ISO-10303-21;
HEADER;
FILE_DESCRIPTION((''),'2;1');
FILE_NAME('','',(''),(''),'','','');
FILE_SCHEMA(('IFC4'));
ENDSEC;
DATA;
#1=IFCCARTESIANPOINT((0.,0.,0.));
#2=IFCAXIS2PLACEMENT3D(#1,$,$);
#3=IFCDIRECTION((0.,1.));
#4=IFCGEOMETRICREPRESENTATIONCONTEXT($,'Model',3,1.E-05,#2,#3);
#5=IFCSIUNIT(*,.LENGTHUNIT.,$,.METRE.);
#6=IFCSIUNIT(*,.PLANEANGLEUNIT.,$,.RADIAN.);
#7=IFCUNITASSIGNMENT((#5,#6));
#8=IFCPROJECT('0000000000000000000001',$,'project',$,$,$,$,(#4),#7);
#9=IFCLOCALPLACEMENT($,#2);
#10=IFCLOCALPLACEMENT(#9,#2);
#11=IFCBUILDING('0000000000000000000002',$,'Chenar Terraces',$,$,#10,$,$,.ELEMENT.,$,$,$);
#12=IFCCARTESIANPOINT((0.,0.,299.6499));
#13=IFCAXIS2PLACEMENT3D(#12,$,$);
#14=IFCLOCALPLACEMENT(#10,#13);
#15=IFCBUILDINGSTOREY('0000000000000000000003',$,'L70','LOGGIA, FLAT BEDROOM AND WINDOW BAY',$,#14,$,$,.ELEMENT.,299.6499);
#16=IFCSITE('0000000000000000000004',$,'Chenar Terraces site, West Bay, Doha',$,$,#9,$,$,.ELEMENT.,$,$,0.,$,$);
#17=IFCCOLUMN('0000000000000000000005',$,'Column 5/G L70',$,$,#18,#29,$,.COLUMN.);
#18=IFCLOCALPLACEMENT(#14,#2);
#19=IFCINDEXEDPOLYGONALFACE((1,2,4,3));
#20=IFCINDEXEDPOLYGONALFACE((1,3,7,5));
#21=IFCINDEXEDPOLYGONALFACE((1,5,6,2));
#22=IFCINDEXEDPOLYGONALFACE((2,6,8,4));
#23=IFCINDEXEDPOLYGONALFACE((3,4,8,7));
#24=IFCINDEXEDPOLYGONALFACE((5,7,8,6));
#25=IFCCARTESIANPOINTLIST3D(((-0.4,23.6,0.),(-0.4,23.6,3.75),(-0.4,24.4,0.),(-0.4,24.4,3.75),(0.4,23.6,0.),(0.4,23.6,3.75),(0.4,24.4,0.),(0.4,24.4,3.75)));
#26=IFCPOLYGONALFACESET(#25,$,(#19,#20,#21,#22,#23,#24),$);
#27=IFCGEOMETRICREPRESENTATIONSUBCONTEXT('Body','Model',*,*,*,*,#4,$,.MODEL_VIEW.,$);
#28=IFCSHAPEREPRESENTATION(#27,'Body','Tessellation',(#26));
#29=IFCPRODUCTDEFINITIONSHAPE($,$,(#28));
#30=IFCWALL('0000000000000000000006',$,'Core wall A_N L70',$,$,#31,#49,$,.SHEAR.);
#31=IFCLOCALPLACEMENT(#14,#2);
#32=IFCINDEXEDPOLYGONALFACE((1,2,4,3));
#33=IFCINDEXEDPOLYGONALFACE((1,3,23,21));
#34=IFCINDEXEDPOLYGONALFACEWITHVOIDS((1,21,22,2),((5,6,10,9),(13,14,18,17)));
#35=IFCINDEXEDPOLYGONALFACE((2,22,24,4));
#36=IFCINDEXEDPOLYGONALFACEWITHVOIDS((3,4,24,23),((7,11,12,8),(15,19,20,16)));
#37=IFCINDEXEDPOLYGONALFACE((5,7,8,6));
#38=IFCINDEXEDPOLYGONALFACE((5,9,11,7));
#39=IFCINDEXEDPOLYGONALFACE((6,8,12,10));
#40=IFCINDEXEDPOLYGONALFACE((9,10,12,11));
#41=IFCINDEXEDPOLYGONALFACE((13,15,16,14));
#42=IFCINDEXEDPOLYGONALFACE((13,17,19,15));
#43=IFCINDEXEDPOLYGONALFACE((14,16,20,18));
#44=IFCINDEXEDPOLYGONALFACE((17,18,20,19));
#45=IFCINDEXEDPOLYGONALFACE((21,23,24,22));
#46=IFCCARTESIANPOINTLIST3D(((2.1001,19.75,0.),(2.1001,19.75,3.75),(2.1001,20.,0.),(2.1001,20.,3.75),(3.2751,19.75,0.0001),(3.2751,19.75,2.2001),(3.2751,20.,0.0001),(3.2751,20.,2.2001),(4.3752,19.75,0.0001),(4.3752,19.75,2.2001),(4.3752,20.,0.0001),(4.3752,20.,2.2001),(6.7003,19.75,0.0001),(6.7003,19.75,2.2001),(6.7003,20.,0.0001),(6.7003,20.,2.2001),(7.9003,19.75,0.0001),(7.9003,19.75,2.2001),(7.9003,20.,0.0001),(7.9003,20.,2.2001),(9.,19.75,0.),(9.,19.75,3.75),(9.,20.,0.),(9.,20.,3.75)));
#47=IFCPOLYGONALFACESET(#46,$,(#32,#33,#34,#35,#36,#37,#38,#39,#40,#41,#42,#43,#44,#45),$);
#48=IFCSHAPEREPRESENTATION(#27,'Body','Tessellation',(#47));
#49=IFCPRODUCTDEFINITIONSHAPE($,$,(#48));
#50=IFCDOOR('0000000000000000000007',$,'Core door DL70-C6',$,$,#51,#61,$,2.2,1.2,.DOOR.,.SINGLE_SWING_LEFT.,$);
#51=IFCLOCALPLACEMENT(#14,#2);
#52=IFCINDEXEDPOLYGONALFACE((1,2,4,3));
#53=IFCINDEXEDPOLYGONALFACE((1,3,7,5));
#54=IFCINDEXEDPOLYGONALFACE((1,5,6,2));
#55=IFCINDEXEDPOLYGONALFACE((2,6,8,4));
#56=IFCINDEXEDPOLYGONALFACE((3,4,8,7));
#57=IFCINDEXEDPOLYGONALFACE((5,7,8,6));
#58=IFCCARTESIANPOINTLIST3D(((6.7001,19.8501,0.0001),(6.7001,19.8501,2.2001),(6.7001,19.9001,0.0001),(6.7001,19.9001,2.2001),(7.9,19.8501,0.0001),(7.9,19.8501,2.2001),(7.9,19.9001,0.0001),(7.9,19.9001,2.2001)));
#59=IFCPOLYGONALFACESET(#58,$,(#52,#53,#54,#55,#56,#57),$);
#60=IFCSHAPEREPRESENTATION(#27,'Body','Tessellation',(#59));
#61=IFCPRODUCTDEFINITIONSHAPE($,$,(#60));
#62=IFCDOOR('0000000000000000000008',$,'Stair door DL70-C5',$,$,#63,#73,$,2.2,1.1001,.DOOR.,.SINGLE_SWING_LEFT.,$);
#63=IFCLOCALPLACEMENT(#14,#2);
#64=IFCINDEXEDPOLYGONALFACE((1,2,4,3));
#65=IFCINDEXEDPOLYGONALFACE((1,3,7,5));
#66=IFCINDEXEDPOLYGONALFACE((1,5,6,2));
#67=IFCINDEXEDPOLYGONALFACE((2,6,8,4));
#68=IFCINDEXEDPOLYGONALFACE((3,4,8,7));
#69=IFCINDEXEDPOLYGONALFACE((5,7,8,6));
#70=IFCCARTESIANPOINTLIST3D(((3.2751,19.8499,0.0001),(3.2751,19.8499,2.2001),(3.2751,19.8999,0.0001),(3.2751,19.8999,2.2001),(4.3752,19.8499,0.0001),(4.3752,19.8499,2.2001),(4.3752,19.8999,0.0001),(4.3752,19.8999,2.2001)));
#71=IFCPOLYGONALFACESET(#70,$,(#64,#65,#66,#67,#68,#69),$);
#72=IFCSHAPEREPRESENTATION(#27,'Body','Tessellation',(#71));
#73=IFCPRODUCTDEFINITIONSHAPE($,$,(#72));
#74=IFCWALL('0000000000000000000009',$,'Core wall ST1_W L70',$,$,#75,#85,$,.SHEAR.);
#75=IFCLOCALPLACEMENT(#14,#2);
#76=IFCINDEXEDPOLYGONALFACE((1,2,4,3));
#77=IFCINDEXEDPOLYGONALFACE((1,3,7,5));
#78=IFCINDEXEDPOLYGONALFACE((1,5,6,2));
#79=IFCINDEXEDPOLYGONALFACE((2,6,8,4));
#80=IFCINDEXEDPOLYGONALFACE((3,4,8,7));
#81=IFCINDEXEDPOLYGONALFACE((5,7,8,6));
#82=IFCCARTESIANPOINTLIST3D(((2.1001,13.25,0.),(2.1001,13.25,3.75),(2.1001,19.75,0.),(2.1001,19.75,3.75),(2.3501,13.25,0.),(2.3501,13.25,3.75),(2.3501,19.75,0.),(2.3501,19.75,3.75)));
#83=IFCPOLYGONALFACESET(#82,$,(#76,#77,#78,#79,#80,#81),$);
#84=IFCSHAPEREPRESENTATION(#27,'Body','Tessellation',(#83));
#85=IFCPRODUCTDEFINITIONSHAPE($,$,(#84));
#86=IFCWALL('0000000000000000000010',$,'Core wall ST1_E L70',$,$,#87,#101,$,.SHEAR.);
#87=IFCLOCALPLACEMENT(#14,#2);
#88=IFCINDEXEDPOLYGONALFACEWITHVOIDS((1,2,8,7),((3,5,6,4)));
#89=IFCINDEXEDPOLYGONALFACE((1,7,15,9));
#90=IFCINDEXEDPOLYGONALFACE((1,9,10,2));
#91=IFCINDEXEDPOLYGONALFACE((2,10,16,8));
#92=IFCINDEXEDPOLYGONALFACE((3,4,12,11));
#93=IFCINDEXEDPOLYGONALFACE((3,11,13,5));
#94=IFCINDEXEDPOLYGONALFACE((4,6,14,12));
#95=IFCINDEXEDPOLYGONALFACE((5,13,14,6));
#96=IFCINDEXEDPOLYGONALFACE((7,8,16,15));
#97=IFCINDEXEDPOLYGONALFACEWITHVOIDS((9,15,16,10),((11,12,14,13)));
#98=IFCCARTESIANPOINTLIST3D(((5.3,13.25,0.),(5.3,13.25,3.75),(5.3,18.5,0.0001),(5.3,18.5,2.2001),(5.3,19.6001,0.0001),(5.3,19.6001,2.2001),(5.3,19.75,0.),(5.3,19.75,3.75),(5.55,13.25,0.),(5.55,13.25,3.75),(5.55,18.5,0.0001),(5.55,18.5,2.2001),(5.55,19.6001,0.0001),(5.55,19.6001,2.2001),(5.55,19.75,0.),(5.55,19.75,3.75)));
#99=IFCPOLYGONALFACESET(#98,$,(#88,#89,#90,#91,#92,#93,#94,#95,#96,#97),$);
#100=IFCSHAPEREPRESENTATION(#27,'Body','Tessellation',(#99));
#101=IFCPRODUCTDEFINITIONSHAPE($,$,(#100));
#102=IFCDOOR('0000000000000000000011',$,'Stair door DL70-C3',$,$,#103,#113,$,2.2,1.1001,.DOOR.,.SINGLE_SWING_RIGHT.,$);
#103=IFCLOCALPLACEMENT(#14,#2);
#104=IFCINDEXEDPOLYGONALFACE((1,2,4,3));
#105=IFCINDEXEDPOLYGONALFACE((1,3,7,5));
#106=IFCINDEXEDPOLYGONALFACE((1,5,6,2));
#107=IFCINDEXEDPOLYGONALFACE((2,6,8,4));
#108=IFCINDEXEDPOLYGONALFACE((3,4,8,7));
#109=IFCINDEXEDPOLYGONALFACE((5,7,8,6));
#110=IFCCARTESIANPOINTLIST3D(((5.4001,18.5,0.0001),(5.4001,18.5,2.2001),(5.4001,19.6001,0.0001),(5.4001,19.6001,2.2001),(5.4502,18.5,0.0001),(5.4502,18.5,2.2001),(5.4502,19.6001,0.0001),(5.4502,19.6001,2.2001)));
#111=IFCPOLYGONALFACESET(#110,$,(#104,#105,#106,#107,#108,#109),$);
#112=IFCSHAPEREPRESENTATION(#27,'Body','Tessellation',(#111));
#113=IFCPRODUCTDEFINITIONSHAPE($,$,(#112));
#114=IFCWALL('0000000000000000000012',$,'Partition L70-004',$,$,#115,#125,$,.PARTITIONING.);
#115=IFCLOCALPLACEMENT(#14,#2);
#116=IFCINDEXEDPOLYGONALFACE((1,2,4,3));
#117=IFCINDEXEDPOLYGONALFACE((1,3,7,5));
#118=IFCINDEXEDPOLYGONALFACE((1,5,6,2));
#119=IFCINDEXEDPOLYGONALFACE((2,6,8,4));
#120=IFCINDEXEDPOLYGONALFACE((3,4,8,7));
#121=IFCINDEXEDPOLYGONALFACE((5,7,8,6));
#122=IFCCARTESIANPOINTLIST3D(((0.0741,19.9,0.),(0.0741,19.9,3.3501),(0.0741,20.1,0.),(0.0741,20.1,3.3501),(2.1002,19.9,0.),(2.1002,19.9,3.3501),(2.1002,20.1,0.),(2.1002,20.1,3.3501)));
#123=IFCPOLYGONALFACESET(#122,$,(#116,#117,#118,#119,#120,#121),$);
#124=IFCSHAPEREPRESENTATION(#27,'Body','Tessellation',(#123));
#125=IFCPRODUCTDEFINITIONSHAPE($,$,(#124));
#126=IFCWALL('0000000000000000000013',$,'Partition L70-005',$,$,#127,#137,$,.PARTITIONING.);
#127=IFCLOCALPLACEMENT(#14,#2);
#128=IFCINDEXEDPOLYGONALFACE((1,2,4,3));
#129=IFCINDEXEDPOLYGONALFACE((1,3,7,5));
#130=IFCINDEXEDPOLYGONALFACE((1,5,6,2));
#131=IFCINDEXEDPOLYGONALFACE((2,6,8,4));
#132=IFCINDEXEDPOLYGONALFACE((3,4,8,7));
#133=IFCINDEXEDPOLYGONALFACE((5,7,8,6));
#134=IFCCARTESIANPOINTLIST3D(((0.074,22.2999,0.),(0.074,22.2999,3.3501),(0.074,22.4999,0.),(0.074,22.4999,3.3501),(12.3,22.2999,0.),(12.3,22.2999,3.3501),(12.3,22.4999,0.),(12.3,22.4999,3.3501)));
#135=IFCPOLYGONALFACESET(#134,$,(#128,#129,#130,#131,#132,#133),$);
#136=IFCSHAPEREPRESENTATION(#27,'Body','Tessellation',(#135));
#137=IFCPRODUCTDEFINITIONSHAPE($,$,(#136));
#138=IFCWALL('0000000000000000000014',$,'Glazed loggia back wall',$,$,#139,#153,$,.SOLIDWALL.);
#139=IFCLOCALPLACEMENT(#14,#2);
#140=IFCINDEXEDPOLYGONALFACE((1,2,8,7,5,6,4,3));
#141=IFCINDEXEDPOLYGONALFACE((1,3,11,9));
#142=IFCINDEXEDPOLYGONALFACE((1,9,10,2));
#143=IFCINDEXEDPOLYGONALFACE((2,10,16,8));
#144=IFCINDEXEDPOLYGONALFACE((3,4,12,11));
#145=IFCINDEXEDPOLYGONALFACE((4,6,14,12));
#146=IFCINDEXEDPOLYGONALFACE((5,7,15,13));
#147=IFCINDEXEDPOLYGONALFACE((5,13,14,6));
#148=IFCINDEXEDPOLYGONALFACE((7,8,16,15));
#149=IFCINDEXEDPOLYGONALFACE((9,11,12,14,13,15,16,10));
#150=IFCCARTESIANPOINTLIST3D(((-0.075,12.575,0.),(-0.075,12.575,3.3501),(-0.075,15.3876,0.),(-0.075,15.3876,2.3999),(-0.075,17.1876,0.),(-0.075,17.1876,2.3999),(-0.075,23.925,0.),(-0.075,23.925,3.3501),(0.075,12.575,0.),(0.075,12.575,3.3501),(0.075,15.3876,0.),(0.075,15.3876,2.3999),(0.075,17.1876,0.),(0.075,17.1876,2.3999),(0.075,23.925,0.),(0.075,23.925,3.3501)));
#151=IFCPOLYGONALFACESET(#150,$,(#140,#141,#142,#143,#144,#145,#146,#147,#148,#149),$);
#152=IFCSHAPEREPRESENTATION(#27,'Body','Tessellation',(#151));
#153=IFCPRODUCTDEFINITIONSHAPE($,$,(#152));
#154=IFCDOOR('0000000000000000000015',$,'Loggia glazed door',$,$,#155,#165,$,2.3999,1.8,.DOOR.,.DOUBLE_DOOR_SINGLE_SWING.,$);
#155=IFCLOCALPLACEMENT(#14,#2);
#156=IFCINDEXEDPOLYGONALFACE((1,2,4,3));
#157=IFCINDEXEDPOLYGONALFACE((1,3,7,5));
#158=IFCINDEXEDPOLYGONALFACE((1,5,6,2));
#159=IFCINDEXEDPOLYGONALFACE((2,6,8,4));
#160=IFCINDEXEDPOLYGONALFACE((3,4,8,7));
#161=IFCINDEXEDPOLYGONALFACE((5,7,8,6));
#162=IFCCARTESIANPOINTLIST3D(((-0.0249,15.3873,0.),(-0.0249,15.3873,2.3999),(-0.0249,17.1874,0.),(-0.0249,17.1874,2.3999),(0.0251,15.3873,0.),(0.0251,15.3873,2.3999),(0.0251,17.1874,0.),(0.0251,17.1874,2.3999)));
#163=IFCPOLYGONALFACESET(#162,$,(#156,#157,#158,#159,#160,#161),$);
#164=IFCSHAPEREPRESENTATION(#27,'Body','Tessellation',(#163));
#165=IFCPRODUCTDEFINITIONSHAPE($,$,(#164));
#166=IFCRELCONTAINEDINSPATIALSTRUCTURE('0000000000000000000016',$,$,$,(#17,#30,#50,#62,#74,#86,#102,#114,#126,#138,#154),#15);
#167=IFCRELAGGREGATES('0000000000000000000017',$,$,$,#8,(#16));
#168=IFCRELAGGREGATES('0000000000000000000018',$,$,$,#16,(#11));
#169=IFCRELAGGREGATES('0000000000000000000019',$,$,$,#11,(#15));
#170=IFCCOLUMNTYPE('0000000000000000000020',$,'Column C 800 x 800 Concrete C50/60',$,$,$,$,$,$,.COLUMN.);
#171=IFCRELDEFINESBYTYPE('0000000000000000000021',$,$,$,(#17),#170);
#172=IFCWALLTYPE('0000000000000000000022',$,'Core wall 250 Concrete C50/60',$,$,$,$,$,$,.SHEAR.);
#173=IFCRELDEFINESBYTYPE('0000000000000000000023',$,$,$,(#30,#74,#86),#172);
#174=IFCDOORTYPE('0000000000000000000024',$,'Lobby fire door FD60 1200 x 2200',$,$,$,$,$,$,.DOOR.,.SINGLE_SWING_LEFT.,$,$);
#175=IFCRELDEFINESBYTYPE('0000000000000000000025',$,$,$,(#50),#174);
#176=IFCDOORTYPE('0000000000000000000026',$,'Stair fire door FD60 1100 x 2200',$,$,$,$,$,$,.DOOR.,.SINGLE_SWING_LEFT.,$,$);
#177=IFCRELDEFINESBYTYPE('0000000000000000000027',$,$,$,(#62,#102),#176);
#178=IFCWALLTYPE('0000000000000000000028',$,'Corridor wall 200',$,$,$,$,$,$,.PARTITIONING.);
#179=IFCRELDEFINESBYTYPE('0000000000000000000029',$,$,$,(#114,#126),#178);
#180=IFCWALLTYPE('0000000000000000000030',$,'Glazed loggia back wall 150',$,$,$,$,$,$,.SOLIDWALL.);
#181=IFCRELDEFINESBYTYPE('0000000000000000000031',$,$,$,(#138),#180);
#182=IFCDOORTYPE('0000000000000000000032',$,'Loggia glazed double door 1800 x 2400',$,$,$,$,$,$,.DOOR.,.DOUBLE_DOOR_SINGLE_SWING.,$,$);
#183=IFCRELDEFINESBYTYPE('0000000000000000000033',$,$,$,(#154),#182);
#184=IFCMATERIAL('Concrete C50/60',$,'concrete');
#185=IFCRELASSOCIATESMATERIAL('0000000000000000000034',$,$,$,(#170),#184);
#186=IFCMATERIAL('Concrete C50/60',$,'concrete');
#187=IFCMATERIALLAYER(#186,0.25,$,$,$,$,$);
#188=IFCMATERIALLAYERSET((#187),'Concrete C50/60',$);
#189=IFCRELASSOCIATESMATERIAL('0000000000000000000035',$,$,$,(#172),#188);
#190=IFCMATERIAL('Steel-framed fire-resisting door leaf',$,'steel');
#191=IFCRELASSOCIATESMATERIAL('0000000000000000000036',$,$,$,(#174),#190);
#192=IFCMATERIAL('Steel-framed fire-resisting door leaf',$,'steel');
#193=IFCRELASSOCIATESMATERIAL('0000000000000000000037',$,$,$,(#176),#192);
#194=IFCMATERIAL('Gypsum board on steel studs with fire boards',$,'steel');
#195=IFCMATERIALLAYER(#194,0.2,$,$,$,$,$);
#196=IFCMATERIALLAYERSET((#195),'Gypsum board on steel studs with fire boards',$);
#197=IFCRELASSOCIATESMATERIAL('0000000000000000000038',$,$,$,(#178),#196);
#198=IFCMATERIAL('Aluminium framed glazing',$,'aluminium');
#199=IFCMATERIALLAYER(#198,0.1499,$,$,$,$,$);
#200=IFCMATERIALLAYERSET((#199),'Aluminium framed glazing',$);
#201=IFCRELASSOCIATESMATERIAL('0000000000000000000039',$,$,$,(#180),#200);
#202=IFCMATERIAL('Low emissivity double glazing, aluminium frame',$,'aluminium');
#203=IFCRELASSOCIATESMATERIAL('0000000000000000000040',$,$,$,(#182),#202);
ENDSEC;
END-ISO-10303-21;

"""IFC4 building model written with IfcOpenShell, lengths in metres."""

from ifc_helpers import new_model, si_unit, direction, frame, frame_2d, origin, origin_2d, place, context, subcontext, project, spatial, rectangle, extrude, material, layer, layer_set, material_profile, profile_set, type_object, element, fill, save


model = new_model("IFC4")

# Units and contexts
model_context = context("Model", 3, precision=1e-05, world=origin(), true_north=direction((0.0, 1.0)))
body_context = subcontext(model_context, "Body", "Model", "MODEL_VIEW")
ifc_project = project(units=[si_unit("LENGTHUNIT", "METRE"), si_unit("PLANEANGLEUNIT", "RADIAN")], contexts=[model_context])

# Site, building, storey
site_placement = place(None, origin())
site = spatial("IfcSite", under=ifc_project, at=site_placement, Name="Chenar Terraces site, West Bay, Doha", CompositionType="ELEMENT", RefElevation=0.0)
building_placement = place(site_placement, origin())
building = spatial("IfcBuilding", under=site, at=building_placement, Name="Chenar Terraces", CompositionType="ELEMENT")
storey_placement = place(building_placement, frame((0.0, 0.0, 299.6499)))
storey = spatial("IfcBuildingStorey", under=building, at=storey_placement, Name="L70", Description="LOGGIA, FLAT BEDROOM AND WINDOW BAY", CompositionType="ELEMENT", Elevation=299.6499)

# Column
ifc_material_1 = material(Name="Concrete C50/60", Category="concrete")
ifc_material_profile = material_profile(ifc_material_1, rectangle(XDim=0.8, YDim=0.8, at=origin_2d()), Name="C 800 x 800")
ifc_profile_set = profile_set([ifc_material_profile], Name="Concrete C50/60")
column_type = type_object("IfcColumnType", Name="Column C 800 x 800 Concrete C50/60", PredefinedType="COLUMN", material=ifc_profile_set)
column_placement = place(storey_placement, frame((0.0, 24.0, 0.0), z_axis=(0.0, 0.0, 1.0), x_axis=(1.0, 0.0, 0.0)))
element("IfcColumn", 1, at=column_placement, inside=storey, type_object=column_type, Name="Column 5/G L70", PredefinedType="COLUMN", context=body_context, shape_type="SweptSolid", body=[
    extrude(rectangle(XDim=0.8, YDim=0.8, at=origin_2d()), origin(), (0.0, 0.0, 1.0), 3.75),
])

# Wall, openings, doors
ifc_material_2 = material(Name="Concrete C50/60", Category="concrete")
ifc_layer_1 = layer(ifc_material_2, 0.25)
ifc_layer_set_1 = layer_set([ifc_layer_1], Name="Concrete C50/60")
wall_type_1 = type_object("IfcWallType", Name="Core wall 250 Concrete C50/60", PredefinedType="SHEAR", material=ifc_layer_set_1)
wall_1_placement = place(storey_placement, frame((2.1001, 19.875, 0.0), z_axis=(0.0, 0.0, 1.0), x_axis=(1.0, 0.0, 0.0)))
wall_1 = element("IfcWall", 2, at=wall_1_placement, inside=storey, type_object=wall_type_1, Name="Core wall A_N L70", PredefinedType="SHEAR", context=body_context, shape_type="SweptSolid", body=[
    extrude(rectangle(XDim=6.8999, YDim=0.25, at=frame_2d((3.45, 0.0))), origin(), (0.0, 0.0, 1.0), 3.75),
])
opening_1_placement = place(wall_1_placement, frame((1.175, 0.0, 0.0)))
opening_1 = element("IfcOpeningElement", 3, at=opening_1_placement, cuts=wall_1, PredefinedType="OPENING", context=body_context, shape_type="SweptSolid", body=[
    extrude(rectangle(XDim=1.1001, YDim=2.2, at=frame_2d((0.55, 1.1001))), frame((0.0, 0.135, 0.0), z_axis=(0.0, -1.0, 0.0), x_axis=(1.0, 0.0, 0.0)), (0.0, 0.0, 1.0), 0.27),
])
opening_2_placement = place(wall_1_placement, frame((4.6001, 0.0, 0.0)))
opening_2 = element("IfcOpeningElement", 4, at=opening_2_placement, cuts=wall_1, PredefinedType="OPENING", context=body_context, shape_type="SweptSolid", body=[
    extrude(rectangle(XDim=1.2, YDim=2.2, at=frame_2d((0.6001, 1.1001))), frame((0.0, 0.135, 0.0), z_axis=(0.0, -1.0, 0.0), x_axis=(1.0, 0.0, 0.0)), (0.0, 0.0, 1.0), 0.27),
])
ifc_material_3 = material(Name="Steel-framed fire-resisting door leaf", Category="steel")
door_type_1 = type_object("IfcDoorType", Name="Lobby fire door FD60 1200 x 2200", OperationType="SINGLE_SWING_LEFT", PredefinedType="DOOR", material=ifc_material_3)
door_1_placement = place(opening_2_placement, frame((1.2, 0.0, 0.0), z_axis=(0.0, 0.0, 1.0), x_axis=(-1.0, 0.0, 0.0)))
door_1 = element("IfcDoor", 5, at=door_1_placement, inside=storey, type_object=door_type_1, Name="Core door DL70-C6", OperationType="SINGLE_SWING_LEFT", OverallHeight=2.2, OverallWidth=1.2, PredefinedType="DOOR", context=body_context, shape_type="SweptSolid", body=[
    extrude(rectangle(XDim=1.2, YDim=2.2, at=frame_2d((0.6001, 1.1001))), frame((0.0, 0.0249, 0.0), z_axis=(0.0, -1.0, 0.0), x_axis=(1.0, 0.0, 0.0)), (0.0, 0.0, 1.0), 0.05),
])
fill(opening_2, door_1)
ifc_material_4 = material(Name="Steel-framed fire-resisting door leaf", Category="steel")
door_type_2 = type_object("IfcDoorType", Name="Stair fire door FD60 1100 x 2200", OperationType="SINGLE_SWING_LEFT", PredefinedType="DOOR", material=ifc_material_4)
door_2_placement = place(opening_1_placement, origin())
door_2 = element("IfcDoor", 6, at=door_2_placement, inside=storey, type_object=door_type_2, Name="Stair door DL70-C5", OperationType="SINGLE_SWING_LEFT", OverallHeight=2.2, OverallWidth=1.1001, PredefinedType="DOOR", context=body_context, shape_type="SweptSolid", body=[
    extrude(rectangle(XDim=1.1001, YDim=2.2, at=frame_2d((0.55, 1.1001))), frame((0.0, 0.0249, 0.0), z_axis=(0.0, -1.0, 0.0), x_axis=(1.0, 0.0, 0.0)), (0.0, 0.0, 1.0), 0.05),
])
fill(opening_1, door_2)

# Wall
wall_2_placement = place(storey_placement, frame((2.2251, 13.25, 0.0), z_axis=(0.0, 0.0, 1.0), x_axis=(0.0, 1.0, 0.0)))
element("IfcWall", 7, at=wall_2_placement, inside=storey, type_object=wall_type_1, Name="Core wall ST1_W L70", PredefinedType="SHEAR", context=body_context, shape_type="SweptSolid", body=[
    extrude(rectangle(XDim=6.5, YDim=0.25, at=frame_2d((3.25, 0.0))), origin(), (0.0, 0.0, 1.0), 3.75),
])

# Wall, opening, door
wall_3_placement = place(storey_placement, frame((5.425, 13.25, 0.0), z_axis=(0.0, 0.0, 1.0), x_axis=(0.0, 1.0, 0.0)))
wall_3 = element("IfcWall", 8, at=wall_3_placement, inside=storey, type_object=wall_type_1, Name="Core wall ST1_E L70", PredefinedType="SHEAR", context=body_context, shape_type="SweptSolid", body=[
    extrude(rectangle(XDim=6.5, YDim=0.25, at=frame_2d((3.25, 0.0))), origin(), (0.0, 0.0, 1.0), 3.75),
])
opening_3_placement = place(wall_3_placement, frame((5.25, 0.0, 0.0)))
opening_3 = element("IfcOpeningElement", 9, at=opening_3_placement, cuts=wall_3, PredefinedType="OPENING", context=body_context, shape_type="SweptSolid", body=[
    extrude(rectangle(XDim=1.1001, YDim=2.2, at=frame_2d((0.55, 1.1001))), frame((0.0, 0.135, 0.0), z_axis=(0.0, -1.0, 0.0), x_axis=(1.0, 0.0, 0.0)), (0.0, 0.0, 1.0), 0.27),
])
door_3_placement = place(opening_3_placement, origin())
door_3 = element("IfcDoor", 10, at=door_3_placement, inside=storey, type_object=door_type_2, Name="Stair door DL70-C3", OperationType="SINGLE_SWING_RIGHT", OverallHeight=2.2, OverallWidth=1.1001, PredefinedType="DOOR", context=body_context, shape_type="SweptSolid", body=[
    extrude(rectangle(XDim=1.1001, YDim=2.2, at=frame_2d((0.55, 1.1001))), frame((0.0, 0.0249, 0.0), z_axis=(0.0, -1.0, 0.0), x_axis=(1.0, 0.0, 0.0)), (0.0, 0.0, 1.0), 0.05),
])
fill(opening_3, door_3)

# Walls
ifc_material_5 = material(Name="Gypsum board on steel studs with fire boards", Category="steel")
ifc_layer_2 = layer(ifc_material_5, 0.2)
ifc_layer_set_2 = layer_set([ifc_layer_2], Name="Gypsum board on steel studs with fire boards")
wall_type_2 = type_object("IfcWallType", Name="Corridor wall 200", PredefinedType="PARTITIONING", material=ifc_layer_set_2)
wall_4_placement = place(storey_placement, frame((0.074, 20.0, 0.0), z_axis=(0.0, 0.0, 1.0), x_axis=(1.0, 0.0, 0.0)))
element("IfcWall", 11, at=wall_4_placement, inside=storey, type_object=wall_type_2, Name="Partition L70-004", PredefinedType="PARTITIONING", context=body_context, shape_type="SweptSolid", body=[
    extrude(rectangle(XDim=2.0261, YDim=0.2, at=frame_2d((1.0132, 0.0))), origin(), (0.0, 0.0, 1.0), 3.3501),
])
wall_5_placement = place(storey_placement, frame((0.074, 22.3999, 0.0), z_axis=(0.0, 0.0, 1.0), x_axis=(1.0, 0.0, 0.0)))
element("IfcWall", 12, at=wall_5_placement, inside=storey, type_object=wall_type_2, Name="Partition L70-005", PredefinedType="PARTITIONING", context=body_context, shape_type="SweptSolid", body=[
    extrude(rectangle(XDim=12.2261, YDim=0.2, at=frame_2d((6.113, 0.0))), origin(), (0.0, 0.0, 1.0), 3.3501),
])

# Wall, opening, door
ifc_material_6 = material(Name="Aluminium framed glazing", Category="aluminium")
ifc_layer_3 = layer(ifc_material_6, 0.1499)
ifc_layer_set_3 = layer_set([ifc_layer_3], Name="Aluminium framed glazing")
wall_type_3 = type_object("IfcWallType", Name="Glazed loggia back wall 150", PredefinedType="SOLIDWALL", material=ifc_layer_set_3)
wall_6_placement = place(storey_placement, frame((0.0, 23.925, 0.0), z_axis=(0.0, 0.0, 1.0), x_axis=(0.0, -1.0, 0.0)))
wall_6 = element("IfcWall", 13, at=wall_6_placement, inside=storey, type_object=wall_type_3, Name="Glazed loggia back wall", PredefinedType="SOLIDWALL", context=body_context, shape_type="SweptSolid", body=[
    extrude(rectangle(XDim=11.3501, YDim=0.1499, at=frame_2d((5.675, 0.0))), origin(), (0.0, 0.0, 1.0), 3.3501),
])
opening_4_placement = place(wall_6_placement, frame((6.7375, 0.0, 0.0)))
opening_4 = element("IfcOpeningElement", 14, at=opening_4_placement, cuts=wall_6, PredefinedType="OPENING", context=body_context, shape_type="SweptSolid", body=[
    extrude(rectangle(XDim=1.8, YDim=2.3999, at=frame_2d((0.8999, 1.2))), frame((0.0, 0.085, 0.0), z_axis=(0.0, -1.0, 0.0), x_axis=(1.0, 0.0, 0.0)), (0.0, 0.0, 1.0), 0.1699),
])
ifc_material_7 = material(Name="Low emissivity double glazing, aluminium frame", Category="aluminium")
door_type_3 = type_object("IfcDoorType", Name="Loggia glazed double door 1800 x 2400", OperationType="DOUBLE_DOOR_SINGLE_SWING", PredefinedType="DOOR", material=ifc_material_7)
door_4_placement = place(opening_4_placement, frame((1.8, 0.0, 0.0), z_axis=(0.0, 0.0, 1.0), x_axis=(-1.0, 0.0, 0.0)))
door_4 = element("IfcDoor", 15, at=door_4_placement, inside=storey, type_object=door_type_3, Name="Loggia glazed door", OperationType="DOUBLE_DOOR_SINGLE_SWING", OverallHeight=2.3999, OverallWidth=1.8, PredefinedType="DOOR", context=body_context, shape_type="SweptSolid", body=[
    extrude(rectangle(XDim=1.8, YDim=2.3999, at=frame_2d((0.8999, 1.2))), frame((0.0, 0.0249, 0.0), z_axis=(0.0, -1.0, 0.0), x_axis=(1.0, 0.0, 0.0)), (0.0, 0.0, 1.0), 0.05),
])
fill(opening_4, door_4)

save(model, "model.ifc")
